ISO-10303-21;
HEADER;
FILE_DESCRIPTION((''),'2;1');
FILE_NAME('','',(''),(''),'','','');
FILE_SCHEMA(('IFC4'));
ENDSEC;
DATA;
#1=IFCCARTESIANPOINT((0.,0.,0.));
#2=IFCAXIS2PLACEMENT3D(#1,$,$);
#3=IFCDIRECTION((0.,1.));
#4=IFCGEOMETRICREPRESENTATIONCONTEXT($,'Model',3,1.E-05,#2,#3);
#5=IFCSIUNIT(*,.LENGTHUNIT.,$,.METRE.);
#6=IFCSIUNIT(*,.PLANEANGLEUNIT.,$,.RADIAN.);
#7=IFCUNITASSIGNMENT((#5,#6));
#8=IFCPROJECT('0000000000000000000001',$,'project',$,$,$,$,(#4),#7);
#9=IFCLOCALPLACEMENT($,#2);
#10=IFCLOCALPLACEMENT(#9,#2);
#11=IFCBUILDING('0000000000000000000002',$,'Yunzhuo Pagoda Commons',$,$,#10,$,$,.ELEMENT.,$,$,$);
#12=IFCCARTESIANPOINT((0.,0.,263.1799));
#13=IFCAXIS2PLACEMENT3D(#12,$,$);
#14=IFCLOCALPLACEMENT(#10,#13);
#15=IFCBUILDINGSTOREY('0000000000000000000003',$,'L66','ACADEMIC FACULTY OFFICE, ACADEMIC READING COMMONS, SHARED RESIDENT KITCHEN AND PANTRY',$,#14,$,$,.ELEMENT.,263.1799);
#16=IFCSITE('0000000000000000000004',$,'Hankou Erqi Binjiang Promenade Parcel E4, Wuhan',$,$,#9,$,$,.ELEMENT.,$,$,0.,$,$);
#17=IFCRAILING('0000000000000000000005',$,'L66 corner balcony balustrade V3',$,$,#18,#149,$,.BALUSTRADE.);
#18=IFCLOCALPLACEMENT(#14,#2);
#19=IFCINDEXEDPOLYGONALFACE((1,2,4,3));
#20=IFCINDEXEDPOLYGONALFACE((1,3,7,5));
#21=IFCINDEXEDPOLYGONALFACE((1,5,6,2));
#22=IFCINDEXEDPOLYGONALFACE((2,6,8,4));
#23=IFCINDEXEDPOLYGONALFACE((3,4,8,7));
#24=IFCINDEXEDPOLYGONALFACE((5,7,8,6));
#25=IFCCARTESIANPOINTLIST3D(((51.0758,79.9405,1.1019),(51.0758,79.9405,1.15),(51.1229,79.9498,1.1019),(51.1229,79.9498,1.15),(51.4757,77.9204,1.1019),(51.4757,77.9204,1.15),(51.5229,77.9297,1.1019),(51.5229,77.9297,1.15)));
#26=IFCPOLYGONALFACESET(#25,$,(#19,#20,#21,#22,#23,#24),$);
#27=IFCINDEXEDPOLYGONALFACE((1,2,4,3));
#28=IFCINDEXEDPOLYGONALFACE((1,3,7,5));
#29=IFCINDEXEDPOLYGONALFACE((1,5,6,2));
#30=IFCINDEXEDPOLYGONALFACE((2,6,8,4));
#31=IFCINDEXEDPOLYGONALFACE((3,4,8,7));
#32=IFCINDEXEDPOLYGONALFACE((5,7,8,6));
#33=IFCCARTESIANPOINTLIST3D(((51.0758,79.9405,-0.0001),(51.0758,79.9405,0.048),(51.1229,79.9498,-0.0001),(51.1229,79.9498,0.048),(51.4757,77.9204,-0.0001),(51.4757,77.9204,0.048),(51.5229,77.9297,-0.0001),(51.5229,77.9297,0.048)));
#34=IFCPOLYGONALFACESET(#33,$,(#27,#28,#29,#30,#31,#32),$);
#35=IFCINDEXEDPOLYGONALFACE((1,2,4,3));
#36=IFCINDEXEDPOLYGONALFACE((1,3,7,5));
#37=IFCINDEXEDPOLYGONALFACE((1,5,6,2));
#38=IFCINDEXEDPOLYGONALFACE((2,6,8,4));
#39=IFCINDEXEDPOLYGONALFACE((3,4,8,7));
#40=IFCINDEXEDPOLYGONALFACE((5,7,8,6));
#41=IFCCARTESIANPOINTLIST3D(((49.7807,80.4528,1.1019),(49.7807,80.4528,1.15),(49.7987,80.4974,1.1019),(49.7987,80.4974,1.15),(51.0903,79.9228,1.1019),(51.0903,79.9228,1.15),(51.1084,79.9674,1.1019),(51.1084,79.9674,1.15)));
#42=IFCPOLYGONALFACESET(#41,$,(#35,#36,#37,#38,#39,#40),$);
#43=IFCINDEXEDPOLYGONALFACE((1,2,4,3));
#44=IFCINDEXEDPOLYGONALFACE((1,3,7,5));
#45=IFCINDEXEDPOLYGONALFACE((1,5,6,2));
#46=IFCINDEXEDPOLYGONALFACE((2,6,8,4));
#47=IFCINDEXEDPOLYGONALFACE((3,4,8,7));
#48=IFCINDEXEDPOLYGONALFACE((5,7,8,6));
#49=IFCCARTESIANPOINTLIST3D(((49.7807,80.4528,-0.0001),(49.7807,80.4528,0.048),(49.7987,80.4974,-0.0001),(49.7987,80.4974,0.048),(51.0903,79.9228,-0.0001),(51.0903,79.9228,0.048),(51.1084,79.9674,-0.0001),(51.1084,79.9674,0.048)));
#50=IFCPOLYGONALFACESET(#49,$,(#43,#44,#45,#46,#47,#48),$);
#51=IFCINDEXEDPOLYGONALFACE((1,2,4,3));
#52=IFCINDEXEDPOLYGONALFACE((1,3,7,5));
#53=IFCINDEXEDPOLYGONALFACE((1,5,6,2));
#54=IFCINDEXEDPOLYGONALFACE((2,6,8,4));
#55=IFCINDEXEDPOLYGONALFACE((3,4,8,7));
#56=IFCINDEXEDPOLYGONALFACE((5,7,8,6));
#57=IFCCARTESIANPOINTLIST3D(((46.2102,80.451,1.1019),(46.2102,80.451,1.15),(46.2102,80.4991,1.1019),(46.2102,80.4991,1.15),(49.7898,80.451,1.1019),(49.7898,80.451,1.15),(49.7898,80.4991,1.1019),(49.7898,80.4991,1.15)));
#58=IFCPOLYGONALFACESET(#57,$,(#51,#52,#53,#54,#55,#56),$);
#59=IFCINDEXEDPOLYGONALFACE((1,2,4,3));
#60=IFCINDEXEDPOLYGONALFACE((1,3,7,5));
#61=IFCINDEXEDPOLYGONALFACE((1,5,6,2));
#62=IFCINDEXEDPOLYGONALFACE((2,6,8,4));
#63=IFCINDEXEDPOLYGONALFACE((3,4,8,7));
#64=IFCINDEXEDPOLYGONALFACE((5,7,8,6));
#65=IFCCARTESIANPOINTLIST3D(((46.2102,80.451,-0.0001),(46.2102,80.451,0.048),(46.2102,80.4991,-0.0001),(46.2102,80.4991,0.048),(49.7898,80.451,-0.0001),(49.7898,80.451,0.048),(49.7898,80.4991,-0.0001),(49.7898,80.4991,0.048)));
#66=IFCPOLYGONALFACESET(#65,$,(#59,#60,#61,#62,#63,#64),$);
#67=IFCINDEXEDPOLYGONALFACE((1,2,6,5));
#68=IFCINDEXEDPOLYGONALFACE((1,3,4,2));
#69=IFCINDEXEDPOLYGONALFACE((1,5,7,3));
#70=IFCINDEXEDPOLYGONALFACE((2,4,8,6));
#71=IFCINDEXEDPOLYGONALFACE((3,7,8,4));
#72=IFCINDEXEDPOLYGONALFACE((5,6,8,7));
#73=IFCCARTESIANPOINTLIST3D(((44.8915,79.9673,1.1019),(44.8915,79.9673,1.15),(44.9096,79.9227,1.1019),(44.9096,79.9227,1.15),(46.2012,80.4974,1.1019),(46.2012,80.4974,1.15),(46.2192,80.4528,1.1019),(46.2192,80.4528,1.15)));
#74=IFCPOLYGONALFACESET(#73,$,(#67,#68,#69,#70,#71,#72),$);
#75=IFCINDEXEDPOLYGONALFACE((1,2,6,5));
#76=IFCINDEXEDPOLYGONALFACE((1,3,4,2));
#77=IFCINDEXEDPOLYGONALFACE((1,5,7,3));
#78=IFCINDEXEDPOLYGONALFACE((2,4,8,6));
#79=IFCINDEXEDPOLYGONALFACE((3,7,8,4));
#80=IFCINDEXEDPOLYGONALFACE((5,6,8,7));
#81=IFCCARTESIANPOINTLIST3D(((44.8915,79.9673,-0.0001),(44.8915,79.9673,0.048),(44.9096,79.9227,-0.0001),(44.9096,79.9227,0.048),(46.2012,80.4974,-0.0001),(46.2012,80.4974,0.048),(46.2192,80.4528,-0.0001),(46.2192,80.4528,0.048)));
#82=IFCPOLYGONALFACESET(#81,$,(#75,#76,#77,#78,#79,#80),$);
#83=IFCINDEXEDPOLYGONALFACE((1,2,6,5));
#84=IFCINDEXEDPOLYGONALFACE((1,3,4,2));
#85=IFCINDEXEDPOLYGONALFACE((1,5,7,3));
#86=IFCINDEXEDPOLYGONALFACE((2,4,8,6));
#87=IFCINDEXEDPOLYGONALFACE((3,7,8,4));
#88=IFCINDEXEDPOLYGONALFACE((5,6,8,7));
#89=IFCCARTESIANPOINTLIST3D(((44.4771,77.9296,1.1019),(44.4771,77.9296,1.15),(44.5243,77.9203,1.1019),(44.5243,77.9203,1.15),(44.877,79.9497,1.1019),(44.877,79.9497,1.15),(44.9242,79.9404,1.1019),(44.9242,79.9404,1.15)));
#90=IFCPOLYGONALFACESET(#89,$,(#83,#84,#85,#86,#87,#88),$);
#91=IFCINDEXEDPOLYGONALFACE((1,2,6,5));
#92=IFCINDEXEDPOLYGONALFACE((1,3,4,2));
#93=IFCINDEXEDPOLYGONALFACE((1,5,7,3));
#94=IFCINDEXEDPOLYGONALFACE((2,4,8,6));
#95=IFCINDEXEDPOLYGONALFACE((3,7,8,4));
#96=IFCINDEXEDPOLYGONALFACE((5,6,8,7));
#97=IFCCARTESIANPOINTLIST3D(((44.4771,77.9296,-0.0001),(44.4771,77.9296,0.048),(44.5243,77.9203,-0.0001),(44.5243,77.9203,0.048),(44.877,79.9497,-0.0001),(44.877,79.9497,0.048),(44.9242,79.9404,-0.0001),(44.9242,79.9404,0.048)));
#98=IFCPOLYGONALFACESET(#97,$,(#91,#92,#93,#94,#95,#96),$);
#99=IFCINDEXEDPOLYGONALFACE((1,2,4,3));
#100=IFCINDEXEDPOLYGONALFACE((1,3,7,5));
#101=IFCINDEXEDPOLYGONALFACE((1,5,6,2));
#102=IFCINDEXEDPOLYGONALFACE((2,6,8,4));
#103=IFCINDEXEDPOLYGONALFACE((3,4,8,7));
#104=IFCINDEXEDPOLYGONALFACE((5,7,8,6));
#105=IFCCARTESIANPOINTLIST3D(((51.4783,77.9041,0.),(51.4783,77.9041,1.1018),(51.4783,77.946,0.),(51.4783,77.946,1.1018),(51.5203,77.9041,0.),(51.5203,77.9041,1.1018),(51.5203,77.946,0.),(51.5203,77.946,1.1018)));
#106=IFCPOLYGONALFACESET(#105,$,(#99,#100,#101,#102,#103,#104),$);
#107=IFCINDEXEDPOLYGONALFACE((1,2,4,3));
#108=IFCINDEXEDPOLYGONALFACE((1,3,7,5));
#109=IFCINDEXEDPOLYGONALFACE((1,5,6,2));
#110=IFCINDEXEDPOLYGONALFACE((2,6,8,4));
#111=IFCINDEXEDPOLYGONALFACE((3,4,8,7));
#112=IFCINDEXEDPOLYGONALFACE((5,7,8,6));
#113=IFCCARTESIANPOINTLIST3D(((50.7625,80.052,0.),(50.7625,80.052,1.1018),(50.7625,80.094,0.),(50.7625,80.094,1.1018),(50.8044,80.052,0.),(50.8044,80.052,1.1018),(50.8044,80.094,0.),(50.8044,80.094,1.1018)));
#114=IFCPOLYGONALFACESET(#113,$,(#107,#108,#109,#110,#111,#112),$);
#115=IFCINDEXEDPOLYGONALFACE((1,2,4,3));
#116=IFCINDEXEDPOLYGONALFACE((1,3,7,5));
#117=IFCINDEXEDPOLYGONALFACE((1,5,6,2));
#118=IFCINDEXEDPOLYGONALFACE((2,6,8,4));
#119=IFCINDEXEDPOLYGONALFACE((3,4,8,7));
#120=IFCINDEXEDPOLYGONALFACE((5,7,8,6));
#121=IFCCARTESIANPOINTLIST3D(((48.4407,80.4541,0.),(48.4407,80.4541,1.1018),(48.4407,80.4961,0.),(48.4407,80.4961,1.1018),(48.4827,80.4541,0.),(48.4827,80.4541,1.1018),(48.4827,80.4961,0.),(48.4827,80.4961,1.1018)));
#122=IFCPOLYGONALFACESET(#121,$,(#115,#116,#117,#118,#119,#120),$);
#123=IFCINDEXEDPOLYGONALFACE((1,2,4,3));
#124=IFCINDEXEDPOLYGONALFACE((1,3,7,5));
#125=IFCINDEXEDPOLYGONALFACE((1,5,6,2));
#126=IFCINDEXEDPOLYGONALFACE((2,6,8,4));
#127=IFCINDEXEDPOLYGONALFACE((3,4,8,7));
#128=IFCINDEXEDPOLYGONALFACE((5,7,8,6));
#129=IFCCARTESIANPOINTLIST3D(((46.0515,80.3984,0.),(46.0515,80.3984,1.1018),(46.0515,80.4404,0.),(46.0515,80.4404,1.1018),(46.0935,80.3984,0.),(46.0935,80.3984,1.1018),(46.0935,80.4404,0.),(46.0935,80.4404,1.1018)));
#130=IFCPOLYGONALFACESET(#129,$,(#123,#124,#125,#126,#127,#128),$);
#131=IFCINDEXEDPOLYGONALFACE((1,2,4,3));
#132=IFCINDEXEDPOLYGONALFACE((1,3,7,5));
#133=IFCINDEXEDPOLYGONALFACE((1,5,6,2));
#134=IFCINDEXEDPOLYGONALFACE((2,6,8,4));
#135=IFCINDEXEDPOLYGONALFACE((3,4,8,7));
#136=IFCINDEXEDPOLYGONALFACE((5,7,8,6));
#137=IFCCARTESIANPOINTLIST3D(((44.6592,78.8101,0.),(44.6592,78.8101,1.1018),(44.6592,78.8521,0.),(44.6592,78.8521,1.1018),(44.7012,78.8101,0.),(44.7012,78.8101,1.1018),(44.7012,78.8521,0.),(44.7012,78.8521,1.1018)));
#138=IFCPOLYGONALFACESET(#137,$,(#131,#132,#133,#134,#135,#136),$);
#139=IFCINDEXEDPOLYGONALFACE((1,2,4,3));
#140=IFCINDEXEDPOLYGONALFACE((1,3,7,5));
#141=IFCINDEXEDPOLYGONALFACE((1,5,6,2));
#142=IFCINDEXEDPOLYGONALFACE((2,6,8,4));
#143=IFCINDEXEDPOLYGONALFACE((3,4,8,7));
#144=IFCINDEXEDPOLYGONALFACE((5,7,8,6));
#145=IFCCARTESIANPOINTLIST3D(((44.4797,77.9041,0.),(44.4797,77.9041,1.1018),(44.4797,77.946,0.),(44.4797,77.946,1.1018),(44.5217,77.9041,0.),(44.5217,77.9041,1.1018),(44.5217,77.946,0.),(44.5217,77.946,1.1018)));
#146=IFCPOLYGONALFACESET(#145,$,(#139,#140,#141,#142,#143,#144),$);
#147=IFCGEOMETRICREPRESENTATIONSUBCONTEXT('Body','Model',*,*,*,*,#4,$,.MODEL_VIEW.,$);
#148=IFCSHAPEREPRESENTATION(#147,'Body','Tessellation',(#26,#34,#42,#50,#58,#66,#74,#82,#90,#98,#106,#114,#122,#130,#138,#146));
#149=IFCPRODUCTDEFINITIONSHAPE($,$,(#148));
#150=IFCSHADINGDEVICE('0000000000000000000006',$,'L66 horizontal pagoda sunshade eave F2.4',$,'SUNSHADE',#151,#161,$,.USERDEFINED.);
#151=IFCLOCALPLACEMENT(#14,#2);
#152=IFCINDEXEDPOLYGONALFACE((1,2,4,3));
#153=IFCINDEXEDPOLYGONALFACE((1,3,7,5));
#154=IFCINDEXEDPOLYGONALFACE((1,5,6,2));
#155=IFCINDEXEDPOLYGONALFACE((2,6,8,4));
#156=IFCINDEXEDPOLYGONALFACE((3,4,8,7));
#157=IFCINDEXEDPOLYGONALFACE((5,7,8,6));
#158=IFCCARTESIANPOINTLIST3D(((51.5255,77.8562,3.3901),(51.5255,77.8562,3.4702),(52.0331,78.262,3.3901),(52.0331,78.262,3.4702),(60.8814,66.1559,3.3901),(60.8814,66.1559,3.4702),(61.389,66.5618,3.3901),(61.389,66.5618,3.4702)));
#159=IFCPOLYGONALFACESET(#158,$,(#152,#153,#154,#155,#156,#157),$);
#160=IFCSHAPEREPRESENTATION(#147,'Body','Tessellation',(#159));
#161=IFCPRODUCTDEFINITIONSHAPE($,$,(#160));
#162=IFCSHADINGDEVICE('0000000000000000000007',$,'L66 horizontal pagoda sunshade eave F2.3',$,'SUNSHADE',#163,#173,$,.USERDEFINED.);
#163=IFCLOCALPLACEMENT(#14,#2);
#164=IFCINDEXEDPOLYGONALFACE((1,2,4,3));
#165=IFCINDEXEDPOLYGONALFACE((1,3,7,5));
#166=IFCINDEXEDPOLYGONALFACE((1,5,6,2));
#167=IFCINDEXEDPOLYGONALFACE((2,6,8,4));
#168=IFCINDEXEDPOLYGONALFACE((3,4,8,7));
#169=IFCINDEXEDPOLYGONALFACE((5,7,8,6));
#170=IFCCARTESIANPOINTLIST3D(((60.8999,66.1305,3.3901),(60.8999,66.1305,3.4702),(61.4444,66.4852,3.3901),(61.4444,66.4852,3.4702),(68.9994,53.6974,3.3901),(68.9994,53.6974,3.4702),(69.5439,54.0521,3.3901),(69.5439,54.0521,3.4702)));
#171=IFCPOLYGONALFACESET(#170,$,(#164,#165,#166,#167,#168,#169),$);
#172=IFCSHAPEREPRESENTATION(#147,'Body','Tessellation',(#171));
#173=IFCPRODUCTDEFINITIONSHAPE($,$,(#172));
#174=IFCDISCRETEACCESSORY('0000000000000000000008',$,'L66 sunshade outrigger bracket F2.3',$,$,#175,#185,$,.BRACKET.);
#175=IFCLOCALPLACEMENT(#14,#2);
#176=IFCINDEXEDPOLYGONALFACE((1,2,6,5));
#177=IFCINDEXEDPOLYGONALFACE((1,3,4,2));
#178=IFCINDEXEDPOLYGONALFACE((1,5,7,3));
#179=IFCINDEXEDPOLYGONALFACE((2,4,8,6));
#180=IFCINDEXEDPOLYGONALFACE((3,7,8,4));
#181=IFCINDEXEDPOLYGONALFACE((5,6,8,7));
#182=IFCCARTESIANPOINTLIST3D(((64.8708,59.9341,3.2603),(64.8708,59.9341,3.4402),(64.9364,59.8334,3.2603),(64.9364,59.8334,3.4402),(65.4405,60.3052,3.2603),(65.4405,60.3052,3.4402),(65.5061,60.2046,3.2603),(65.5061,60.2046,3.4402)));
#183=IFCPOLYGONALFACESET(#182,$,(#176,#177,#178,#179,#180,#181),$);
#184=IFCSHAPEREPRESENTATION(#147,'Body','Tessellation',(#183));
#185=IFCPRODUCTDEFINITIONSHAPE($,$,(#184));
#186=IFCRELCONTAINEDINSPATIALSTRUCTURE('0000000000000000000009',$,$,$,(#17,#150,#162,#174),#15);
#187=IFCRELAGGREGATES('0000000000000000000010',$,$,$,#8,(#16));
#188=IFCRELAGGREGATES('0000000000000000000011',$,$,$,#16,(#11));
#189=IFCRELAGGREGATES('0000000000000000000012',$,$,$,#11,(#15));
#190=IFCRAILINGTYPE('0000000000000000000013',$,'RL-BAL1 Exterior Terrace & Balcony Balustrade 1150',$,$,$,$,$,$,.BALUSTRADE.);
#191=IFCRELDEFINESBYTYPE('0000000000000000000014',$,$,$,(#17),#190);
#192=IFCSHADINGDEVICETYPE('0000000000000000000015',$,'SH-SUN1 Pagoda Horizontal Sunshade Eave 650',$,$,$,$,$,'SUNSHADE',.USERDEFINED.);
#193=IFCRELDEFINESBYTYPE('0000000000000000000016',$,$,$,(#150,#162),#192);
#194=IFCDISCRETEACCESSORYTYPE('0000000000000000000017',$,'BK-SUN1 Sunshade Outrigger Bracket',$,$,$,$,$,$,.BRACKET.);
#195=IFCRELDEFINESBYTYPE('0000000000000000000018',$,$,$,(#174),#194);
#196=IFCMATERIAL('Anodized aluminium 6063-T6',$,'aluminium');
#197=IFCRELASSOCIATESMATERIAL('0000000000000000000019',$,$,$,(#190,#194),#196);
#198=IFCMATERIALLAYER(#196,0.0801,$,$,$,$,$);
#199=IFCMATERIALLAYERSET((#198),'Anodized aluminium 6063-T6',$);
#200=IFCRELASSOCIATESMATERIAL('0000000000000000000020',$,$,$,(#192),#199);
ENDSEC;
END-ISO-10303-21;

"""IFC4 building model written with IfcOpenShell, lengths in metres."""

from ifc_helpers import new_model, si_unit, direction, frame, origin, origin_2d, place, context, subcontext, project, spatial, rectangle, extrude, source, transform, mapped, material, layer, layer_set, type_object, element, save


model = new_model("IFC4")

# Units and contexts
model_context = context("Model", 3, precision=1e-05, world=origin(), true_north=direction((0.0, 1.0)))
body_context = subcontext(model_context, "Body", "Model", "MODEL_VIEW")
ifc_project = project(units=[si_unit("LENGTHUNIT", "METRE"), si_unit("PLANEANGLEUNIT", "RADIAN")], contexts=[model_context])

# Site, building, storey
site_placement = place(None, origin())
site = spatial("IfcSite", under=ifc_project, at=site_placement, Name="Hankou Erqi Binjiang Promenade Parcel E4, Wuhan", CompositionType="ELEMENT", RefElevation=0.0)
building_placement = place(site_placement, origin())
building = spatial("IfcBuilding", under=site, at=building_placement, Name="Yunzhuo Pagoda Commons", CompositionType="ELEMENT")
storey_placement = place(building_placement, frame((0.0, 0.0, 263.1799)))
storey = spatial("IfcBuildingStorey", under=building, at=storey_placement, Name="L66", Description="ACADEMIC FACULTY OFFICE, ACADEMIC READING COMMONS, SHARED RESIDENT KITCHEN AND PANTRY", CompositionType="ELEMENT", Elevation=263.1799)

# Shared definitions
ifc_material_1 = material(Name="Anodized aluminium 6063-T6", Category="aluminium")

# Railing
railing_type_1 = type_object("IfcRailingType", Name="RL-BAL1 Exterior Terrace & Balcony Balustrade 1150", PredefinedType="BALUSTRADE", material=ifc_material_1)
railing_1_placement = place(storey_placement, frame((51.4993, 77.925, 0.0)))
element("IfcRailing", 1, at=railing_1_placement, inside=storey, type_object=railing_type_1, Name="L66 corner balcony balustrade V3", PredefinedType="BALUSTRADE", context=body_context, shape_type="SweptSolid", body=[
    extrude(rectangle(XDim=0.0481, YDim=0.0481, at=origin_2d()), frame((0.0, 0.0, 1.126), z_axis=(-0.194201, 0.980962, 0.0), x_axis=(-0.980962, -0.194201, 0.0)), (0.0, 0.0, 1.0), 2.0593),
    extrude(rectangle(XDim=0.0481, YDim=0.0481, at=origin_2d()), frame((0.0, 0.0, 0.0239), z_axis=(-0.194201, 0.980962, 0.0), x_axis=(-0.980962, -0.194201, 0.0)), (0.0, 0.0, 1.0), 2.0593),
    extrude(rectangle(XDim=0.0481, YDim=0.0481, at=origin_2d()), frame((-0.3999, 2.02, 1.126), z_axis=(-0.926955, 0.375172, 0.0), x_axis=(-0.375172, -0.926955, 0.0)), (0.0, 0.0, 1.0), 1.4128),
    extrude(rectangle(XDim=0.0481, YDim=0.0481, at=origin_2d()), frame((-0.3999, 2.02, 0.0239), z_axis=(-0.926955, 0.375172, 0.0), x_axis=(-0.375172, -0.926955, 0.0)), (0.0, 0.0, 1.0), 1.4128),
    extrude(rectangle(XDim=0.0481, YDim=0.0481, at=origin_2d()), frame((-1.7095, 2.55, 1.126), z_axis=(-1.0, 0.0, 0.0), x_axis=(0.0, -1.0, 0.0)), (0.0, 0.0, 1.0), 3.5796),
    extrude(rectangle(XDim=0.0481, YDim=0.0481, at=origin_2d()), frame((-1.7095, 2.55, 0.0239), z_axis=(-1.0, 0.0, 0.0), x_axis=(0.0, -1.0, 0.0)), (0.0, 0.0, 1.0), 3.5796),
    extrude(rectangle(XDim=0.0481, YDim=0.0481, at=origin_2d()), frame((-5.2891, 2.55, 1.126), z_axis=(-0.926955, -0.375172, 0.0), x_axis=(0.375172, -0.926955, 0.0)), (0.0, 0.0, 1.0), 1.4128),
    extrude(rectangle(XDim=0.0481, YDim=0.0481, at=origin_2d()), frame((-5.2891, 2.55, 0.0239), z_axis=(-0.926955, -0.375172, 0.0), x_axis=(0.375172, -0.926955, 0.0)), (0.0, 0.0, 1.0), 1.4128),
    extrude(rectangle(XDim=0.0481, YDim=0.0481, at=origin_2d()), frame((-6.5986, 2.02, 1.126), z_axis=(-0.194201, -0.980962, 0.0), x_axis=(0.980962, -0.194201, 0.0)), (0.0, 0.0, 1.0), 2.0593),
    extrude(rectangle(XDim=0.0481, YDim=0.0481, at=origin_2d()), frame((-6.5986, 2.02, 0.0239), z_axis=(-0.194201, -0.980962, 0.0), x_axis=(0.980962, -0.194201, 0.0)), (0.0, 0.0, 1.0), 2.0593),
    extrude(rectangle(XDim=0.042, YDim=0.042, at=origin_2d()), origin(), (0.0, 0.0, 1.0), 1.1018),
    extrude(rectangle(XDim=0.042, YDim=0.042, at=origin_2d()), frame((-0.7158, 2.1479, 0.0)), (0.0, 0.0, 1.0), 1.1018),
    extrude(rectangle(XDim=0.042, YDim=0.042, at=origin_2d()), frame((-3.0376, 2.55, 0.0)), (0.0, 0.0, 1.0), 1.1018),
    extrude(rectangle(XDim=0.042, YDim=0.042, at=origin_2d()), frame((-5.4268, 2.4944, 0.0)), (0.0, 0.0, 1.0), 1.1018),
    extrude(rectangle(XDim=0.042, YDim=0.042, at=origin_2d()), frame((-6.8191, 0.906, 0.0)), (0.0, 0.0, 1.0), 1.1018),
    extrude(rectangle(XDim=0.042, YDim=0.042, at=origin_2d()), frame((-6.9985, 0.0, 0.0)), (0.0, 0.0, 1.0), 1.1018),
])

# Shading devices
ifc_layer_1 = layer(ifc_material_1, 0.0801)
ifc_layer_set_1 = layer_set([ifc_layer_1], Name="Anodized aluminium 6063-T6")
shading_device_type = type_object("IfcShadingDeviceType", Name="SH-SUN1 Pagoda Horizontal Sunshade Eave 650", ElementType="SUNSHADE", PredefinedType="USERDEFINED", material=ifc_layer_set_1)
shared_shape_1 = source(origin(), body_context, "Body", "SweptSolid", [
    extrude(rectangle(XDim=14.981, YDim=0.6499, at=origin_2d()), origin(), (0.0, 0.0, 1.0), 0.0801),
])
shading_device_1_placement = place(storey_placement, frame((56.4573, 72.209, 3.3901), z_axis=(0.0, 0.0, 1.0), x_axis=(-0.62452, 0.781008, 0.0)))
element("IfcShadingDevice", 2, at=shading_device_1_placement, inside=storey, type_object=shading_device_type, Name="L66 horizontal pagoda sunshade eave F2.4", ObjectType="SUNSHADE", PredefinedType="USERDEFINED", context=body_context, shape_type="MappedRepresentation", body=[
    mapped(shared_shape_1, transform((0.0, 0.0, 0.0), scale=1.0)),
])
shared_shape_2 = source(origin(), body_context, "Body", "SweptSolid", [
    extrude(rectangle(XDim=14.8386, YDim=0.6499, at=origin_2d()), origin(), (0.0, 0.0, 1.0), 0.0801),
])
shading_device_2_placement = place(storey_placement, frame((65.2219, 60.0913, 3.3901), z_axis=(0.0, 0.0, 1.0), x_axis=(-0.545839, 0.83789, 0.0)))
element("IfcShadingDevice", 3, at=shading_device_2_placement, inside=storey, type_object=shading_device_type, Name="L66 horizontal pagoda sunshade eave F2.3", ObjectType="SUNSHADE", PredefinedType="USERDEFINED", context=body_context, shape_type="MappedRepresentation", body=[
    mapped(shared_shape_2, transform((0.0, 0.0, 0.0), scale=1.0)),
])

# Discrete accessory
discrete_accessory_type = type_object("IfcDiscreteAccessoryType", Name="BK-SUN1 Sunshade Outrigger Bracket", PredefinedType="BRACKET", material=ifc_material_1)
shared_shape_3 = source(origin(), body_context, "Body", "SweptSolid", [
    extrude(rectangle(XDim=0.1201, YDim=0.6799, at=origin_2d()), origin(), (0.0, 0.0, 1.0), 0.1799),
])
discrete_accessory_placement = place(storey_placement, frame((65.1885, 60.0693, 3.2603), z_axis=(0.0, 0.0, 1.0), x_axis=(-0.545839, 0.83789, 0.0)))
element("IfcDiscreteAccessory", 4, at=discrete_accessory_placement, inside=storey, type_object=discrete_accessory_type, Name="L66 sunshade outrigger bracket F2.3", PredefinedType="BRACKET", context=body_context, shape_type="MappedRepresentation", body=[
    mapped(shared_shape_3, transform((0.0, 0.0, 0.0), scale=1.0)),
])

save(model, "model.ifc")
